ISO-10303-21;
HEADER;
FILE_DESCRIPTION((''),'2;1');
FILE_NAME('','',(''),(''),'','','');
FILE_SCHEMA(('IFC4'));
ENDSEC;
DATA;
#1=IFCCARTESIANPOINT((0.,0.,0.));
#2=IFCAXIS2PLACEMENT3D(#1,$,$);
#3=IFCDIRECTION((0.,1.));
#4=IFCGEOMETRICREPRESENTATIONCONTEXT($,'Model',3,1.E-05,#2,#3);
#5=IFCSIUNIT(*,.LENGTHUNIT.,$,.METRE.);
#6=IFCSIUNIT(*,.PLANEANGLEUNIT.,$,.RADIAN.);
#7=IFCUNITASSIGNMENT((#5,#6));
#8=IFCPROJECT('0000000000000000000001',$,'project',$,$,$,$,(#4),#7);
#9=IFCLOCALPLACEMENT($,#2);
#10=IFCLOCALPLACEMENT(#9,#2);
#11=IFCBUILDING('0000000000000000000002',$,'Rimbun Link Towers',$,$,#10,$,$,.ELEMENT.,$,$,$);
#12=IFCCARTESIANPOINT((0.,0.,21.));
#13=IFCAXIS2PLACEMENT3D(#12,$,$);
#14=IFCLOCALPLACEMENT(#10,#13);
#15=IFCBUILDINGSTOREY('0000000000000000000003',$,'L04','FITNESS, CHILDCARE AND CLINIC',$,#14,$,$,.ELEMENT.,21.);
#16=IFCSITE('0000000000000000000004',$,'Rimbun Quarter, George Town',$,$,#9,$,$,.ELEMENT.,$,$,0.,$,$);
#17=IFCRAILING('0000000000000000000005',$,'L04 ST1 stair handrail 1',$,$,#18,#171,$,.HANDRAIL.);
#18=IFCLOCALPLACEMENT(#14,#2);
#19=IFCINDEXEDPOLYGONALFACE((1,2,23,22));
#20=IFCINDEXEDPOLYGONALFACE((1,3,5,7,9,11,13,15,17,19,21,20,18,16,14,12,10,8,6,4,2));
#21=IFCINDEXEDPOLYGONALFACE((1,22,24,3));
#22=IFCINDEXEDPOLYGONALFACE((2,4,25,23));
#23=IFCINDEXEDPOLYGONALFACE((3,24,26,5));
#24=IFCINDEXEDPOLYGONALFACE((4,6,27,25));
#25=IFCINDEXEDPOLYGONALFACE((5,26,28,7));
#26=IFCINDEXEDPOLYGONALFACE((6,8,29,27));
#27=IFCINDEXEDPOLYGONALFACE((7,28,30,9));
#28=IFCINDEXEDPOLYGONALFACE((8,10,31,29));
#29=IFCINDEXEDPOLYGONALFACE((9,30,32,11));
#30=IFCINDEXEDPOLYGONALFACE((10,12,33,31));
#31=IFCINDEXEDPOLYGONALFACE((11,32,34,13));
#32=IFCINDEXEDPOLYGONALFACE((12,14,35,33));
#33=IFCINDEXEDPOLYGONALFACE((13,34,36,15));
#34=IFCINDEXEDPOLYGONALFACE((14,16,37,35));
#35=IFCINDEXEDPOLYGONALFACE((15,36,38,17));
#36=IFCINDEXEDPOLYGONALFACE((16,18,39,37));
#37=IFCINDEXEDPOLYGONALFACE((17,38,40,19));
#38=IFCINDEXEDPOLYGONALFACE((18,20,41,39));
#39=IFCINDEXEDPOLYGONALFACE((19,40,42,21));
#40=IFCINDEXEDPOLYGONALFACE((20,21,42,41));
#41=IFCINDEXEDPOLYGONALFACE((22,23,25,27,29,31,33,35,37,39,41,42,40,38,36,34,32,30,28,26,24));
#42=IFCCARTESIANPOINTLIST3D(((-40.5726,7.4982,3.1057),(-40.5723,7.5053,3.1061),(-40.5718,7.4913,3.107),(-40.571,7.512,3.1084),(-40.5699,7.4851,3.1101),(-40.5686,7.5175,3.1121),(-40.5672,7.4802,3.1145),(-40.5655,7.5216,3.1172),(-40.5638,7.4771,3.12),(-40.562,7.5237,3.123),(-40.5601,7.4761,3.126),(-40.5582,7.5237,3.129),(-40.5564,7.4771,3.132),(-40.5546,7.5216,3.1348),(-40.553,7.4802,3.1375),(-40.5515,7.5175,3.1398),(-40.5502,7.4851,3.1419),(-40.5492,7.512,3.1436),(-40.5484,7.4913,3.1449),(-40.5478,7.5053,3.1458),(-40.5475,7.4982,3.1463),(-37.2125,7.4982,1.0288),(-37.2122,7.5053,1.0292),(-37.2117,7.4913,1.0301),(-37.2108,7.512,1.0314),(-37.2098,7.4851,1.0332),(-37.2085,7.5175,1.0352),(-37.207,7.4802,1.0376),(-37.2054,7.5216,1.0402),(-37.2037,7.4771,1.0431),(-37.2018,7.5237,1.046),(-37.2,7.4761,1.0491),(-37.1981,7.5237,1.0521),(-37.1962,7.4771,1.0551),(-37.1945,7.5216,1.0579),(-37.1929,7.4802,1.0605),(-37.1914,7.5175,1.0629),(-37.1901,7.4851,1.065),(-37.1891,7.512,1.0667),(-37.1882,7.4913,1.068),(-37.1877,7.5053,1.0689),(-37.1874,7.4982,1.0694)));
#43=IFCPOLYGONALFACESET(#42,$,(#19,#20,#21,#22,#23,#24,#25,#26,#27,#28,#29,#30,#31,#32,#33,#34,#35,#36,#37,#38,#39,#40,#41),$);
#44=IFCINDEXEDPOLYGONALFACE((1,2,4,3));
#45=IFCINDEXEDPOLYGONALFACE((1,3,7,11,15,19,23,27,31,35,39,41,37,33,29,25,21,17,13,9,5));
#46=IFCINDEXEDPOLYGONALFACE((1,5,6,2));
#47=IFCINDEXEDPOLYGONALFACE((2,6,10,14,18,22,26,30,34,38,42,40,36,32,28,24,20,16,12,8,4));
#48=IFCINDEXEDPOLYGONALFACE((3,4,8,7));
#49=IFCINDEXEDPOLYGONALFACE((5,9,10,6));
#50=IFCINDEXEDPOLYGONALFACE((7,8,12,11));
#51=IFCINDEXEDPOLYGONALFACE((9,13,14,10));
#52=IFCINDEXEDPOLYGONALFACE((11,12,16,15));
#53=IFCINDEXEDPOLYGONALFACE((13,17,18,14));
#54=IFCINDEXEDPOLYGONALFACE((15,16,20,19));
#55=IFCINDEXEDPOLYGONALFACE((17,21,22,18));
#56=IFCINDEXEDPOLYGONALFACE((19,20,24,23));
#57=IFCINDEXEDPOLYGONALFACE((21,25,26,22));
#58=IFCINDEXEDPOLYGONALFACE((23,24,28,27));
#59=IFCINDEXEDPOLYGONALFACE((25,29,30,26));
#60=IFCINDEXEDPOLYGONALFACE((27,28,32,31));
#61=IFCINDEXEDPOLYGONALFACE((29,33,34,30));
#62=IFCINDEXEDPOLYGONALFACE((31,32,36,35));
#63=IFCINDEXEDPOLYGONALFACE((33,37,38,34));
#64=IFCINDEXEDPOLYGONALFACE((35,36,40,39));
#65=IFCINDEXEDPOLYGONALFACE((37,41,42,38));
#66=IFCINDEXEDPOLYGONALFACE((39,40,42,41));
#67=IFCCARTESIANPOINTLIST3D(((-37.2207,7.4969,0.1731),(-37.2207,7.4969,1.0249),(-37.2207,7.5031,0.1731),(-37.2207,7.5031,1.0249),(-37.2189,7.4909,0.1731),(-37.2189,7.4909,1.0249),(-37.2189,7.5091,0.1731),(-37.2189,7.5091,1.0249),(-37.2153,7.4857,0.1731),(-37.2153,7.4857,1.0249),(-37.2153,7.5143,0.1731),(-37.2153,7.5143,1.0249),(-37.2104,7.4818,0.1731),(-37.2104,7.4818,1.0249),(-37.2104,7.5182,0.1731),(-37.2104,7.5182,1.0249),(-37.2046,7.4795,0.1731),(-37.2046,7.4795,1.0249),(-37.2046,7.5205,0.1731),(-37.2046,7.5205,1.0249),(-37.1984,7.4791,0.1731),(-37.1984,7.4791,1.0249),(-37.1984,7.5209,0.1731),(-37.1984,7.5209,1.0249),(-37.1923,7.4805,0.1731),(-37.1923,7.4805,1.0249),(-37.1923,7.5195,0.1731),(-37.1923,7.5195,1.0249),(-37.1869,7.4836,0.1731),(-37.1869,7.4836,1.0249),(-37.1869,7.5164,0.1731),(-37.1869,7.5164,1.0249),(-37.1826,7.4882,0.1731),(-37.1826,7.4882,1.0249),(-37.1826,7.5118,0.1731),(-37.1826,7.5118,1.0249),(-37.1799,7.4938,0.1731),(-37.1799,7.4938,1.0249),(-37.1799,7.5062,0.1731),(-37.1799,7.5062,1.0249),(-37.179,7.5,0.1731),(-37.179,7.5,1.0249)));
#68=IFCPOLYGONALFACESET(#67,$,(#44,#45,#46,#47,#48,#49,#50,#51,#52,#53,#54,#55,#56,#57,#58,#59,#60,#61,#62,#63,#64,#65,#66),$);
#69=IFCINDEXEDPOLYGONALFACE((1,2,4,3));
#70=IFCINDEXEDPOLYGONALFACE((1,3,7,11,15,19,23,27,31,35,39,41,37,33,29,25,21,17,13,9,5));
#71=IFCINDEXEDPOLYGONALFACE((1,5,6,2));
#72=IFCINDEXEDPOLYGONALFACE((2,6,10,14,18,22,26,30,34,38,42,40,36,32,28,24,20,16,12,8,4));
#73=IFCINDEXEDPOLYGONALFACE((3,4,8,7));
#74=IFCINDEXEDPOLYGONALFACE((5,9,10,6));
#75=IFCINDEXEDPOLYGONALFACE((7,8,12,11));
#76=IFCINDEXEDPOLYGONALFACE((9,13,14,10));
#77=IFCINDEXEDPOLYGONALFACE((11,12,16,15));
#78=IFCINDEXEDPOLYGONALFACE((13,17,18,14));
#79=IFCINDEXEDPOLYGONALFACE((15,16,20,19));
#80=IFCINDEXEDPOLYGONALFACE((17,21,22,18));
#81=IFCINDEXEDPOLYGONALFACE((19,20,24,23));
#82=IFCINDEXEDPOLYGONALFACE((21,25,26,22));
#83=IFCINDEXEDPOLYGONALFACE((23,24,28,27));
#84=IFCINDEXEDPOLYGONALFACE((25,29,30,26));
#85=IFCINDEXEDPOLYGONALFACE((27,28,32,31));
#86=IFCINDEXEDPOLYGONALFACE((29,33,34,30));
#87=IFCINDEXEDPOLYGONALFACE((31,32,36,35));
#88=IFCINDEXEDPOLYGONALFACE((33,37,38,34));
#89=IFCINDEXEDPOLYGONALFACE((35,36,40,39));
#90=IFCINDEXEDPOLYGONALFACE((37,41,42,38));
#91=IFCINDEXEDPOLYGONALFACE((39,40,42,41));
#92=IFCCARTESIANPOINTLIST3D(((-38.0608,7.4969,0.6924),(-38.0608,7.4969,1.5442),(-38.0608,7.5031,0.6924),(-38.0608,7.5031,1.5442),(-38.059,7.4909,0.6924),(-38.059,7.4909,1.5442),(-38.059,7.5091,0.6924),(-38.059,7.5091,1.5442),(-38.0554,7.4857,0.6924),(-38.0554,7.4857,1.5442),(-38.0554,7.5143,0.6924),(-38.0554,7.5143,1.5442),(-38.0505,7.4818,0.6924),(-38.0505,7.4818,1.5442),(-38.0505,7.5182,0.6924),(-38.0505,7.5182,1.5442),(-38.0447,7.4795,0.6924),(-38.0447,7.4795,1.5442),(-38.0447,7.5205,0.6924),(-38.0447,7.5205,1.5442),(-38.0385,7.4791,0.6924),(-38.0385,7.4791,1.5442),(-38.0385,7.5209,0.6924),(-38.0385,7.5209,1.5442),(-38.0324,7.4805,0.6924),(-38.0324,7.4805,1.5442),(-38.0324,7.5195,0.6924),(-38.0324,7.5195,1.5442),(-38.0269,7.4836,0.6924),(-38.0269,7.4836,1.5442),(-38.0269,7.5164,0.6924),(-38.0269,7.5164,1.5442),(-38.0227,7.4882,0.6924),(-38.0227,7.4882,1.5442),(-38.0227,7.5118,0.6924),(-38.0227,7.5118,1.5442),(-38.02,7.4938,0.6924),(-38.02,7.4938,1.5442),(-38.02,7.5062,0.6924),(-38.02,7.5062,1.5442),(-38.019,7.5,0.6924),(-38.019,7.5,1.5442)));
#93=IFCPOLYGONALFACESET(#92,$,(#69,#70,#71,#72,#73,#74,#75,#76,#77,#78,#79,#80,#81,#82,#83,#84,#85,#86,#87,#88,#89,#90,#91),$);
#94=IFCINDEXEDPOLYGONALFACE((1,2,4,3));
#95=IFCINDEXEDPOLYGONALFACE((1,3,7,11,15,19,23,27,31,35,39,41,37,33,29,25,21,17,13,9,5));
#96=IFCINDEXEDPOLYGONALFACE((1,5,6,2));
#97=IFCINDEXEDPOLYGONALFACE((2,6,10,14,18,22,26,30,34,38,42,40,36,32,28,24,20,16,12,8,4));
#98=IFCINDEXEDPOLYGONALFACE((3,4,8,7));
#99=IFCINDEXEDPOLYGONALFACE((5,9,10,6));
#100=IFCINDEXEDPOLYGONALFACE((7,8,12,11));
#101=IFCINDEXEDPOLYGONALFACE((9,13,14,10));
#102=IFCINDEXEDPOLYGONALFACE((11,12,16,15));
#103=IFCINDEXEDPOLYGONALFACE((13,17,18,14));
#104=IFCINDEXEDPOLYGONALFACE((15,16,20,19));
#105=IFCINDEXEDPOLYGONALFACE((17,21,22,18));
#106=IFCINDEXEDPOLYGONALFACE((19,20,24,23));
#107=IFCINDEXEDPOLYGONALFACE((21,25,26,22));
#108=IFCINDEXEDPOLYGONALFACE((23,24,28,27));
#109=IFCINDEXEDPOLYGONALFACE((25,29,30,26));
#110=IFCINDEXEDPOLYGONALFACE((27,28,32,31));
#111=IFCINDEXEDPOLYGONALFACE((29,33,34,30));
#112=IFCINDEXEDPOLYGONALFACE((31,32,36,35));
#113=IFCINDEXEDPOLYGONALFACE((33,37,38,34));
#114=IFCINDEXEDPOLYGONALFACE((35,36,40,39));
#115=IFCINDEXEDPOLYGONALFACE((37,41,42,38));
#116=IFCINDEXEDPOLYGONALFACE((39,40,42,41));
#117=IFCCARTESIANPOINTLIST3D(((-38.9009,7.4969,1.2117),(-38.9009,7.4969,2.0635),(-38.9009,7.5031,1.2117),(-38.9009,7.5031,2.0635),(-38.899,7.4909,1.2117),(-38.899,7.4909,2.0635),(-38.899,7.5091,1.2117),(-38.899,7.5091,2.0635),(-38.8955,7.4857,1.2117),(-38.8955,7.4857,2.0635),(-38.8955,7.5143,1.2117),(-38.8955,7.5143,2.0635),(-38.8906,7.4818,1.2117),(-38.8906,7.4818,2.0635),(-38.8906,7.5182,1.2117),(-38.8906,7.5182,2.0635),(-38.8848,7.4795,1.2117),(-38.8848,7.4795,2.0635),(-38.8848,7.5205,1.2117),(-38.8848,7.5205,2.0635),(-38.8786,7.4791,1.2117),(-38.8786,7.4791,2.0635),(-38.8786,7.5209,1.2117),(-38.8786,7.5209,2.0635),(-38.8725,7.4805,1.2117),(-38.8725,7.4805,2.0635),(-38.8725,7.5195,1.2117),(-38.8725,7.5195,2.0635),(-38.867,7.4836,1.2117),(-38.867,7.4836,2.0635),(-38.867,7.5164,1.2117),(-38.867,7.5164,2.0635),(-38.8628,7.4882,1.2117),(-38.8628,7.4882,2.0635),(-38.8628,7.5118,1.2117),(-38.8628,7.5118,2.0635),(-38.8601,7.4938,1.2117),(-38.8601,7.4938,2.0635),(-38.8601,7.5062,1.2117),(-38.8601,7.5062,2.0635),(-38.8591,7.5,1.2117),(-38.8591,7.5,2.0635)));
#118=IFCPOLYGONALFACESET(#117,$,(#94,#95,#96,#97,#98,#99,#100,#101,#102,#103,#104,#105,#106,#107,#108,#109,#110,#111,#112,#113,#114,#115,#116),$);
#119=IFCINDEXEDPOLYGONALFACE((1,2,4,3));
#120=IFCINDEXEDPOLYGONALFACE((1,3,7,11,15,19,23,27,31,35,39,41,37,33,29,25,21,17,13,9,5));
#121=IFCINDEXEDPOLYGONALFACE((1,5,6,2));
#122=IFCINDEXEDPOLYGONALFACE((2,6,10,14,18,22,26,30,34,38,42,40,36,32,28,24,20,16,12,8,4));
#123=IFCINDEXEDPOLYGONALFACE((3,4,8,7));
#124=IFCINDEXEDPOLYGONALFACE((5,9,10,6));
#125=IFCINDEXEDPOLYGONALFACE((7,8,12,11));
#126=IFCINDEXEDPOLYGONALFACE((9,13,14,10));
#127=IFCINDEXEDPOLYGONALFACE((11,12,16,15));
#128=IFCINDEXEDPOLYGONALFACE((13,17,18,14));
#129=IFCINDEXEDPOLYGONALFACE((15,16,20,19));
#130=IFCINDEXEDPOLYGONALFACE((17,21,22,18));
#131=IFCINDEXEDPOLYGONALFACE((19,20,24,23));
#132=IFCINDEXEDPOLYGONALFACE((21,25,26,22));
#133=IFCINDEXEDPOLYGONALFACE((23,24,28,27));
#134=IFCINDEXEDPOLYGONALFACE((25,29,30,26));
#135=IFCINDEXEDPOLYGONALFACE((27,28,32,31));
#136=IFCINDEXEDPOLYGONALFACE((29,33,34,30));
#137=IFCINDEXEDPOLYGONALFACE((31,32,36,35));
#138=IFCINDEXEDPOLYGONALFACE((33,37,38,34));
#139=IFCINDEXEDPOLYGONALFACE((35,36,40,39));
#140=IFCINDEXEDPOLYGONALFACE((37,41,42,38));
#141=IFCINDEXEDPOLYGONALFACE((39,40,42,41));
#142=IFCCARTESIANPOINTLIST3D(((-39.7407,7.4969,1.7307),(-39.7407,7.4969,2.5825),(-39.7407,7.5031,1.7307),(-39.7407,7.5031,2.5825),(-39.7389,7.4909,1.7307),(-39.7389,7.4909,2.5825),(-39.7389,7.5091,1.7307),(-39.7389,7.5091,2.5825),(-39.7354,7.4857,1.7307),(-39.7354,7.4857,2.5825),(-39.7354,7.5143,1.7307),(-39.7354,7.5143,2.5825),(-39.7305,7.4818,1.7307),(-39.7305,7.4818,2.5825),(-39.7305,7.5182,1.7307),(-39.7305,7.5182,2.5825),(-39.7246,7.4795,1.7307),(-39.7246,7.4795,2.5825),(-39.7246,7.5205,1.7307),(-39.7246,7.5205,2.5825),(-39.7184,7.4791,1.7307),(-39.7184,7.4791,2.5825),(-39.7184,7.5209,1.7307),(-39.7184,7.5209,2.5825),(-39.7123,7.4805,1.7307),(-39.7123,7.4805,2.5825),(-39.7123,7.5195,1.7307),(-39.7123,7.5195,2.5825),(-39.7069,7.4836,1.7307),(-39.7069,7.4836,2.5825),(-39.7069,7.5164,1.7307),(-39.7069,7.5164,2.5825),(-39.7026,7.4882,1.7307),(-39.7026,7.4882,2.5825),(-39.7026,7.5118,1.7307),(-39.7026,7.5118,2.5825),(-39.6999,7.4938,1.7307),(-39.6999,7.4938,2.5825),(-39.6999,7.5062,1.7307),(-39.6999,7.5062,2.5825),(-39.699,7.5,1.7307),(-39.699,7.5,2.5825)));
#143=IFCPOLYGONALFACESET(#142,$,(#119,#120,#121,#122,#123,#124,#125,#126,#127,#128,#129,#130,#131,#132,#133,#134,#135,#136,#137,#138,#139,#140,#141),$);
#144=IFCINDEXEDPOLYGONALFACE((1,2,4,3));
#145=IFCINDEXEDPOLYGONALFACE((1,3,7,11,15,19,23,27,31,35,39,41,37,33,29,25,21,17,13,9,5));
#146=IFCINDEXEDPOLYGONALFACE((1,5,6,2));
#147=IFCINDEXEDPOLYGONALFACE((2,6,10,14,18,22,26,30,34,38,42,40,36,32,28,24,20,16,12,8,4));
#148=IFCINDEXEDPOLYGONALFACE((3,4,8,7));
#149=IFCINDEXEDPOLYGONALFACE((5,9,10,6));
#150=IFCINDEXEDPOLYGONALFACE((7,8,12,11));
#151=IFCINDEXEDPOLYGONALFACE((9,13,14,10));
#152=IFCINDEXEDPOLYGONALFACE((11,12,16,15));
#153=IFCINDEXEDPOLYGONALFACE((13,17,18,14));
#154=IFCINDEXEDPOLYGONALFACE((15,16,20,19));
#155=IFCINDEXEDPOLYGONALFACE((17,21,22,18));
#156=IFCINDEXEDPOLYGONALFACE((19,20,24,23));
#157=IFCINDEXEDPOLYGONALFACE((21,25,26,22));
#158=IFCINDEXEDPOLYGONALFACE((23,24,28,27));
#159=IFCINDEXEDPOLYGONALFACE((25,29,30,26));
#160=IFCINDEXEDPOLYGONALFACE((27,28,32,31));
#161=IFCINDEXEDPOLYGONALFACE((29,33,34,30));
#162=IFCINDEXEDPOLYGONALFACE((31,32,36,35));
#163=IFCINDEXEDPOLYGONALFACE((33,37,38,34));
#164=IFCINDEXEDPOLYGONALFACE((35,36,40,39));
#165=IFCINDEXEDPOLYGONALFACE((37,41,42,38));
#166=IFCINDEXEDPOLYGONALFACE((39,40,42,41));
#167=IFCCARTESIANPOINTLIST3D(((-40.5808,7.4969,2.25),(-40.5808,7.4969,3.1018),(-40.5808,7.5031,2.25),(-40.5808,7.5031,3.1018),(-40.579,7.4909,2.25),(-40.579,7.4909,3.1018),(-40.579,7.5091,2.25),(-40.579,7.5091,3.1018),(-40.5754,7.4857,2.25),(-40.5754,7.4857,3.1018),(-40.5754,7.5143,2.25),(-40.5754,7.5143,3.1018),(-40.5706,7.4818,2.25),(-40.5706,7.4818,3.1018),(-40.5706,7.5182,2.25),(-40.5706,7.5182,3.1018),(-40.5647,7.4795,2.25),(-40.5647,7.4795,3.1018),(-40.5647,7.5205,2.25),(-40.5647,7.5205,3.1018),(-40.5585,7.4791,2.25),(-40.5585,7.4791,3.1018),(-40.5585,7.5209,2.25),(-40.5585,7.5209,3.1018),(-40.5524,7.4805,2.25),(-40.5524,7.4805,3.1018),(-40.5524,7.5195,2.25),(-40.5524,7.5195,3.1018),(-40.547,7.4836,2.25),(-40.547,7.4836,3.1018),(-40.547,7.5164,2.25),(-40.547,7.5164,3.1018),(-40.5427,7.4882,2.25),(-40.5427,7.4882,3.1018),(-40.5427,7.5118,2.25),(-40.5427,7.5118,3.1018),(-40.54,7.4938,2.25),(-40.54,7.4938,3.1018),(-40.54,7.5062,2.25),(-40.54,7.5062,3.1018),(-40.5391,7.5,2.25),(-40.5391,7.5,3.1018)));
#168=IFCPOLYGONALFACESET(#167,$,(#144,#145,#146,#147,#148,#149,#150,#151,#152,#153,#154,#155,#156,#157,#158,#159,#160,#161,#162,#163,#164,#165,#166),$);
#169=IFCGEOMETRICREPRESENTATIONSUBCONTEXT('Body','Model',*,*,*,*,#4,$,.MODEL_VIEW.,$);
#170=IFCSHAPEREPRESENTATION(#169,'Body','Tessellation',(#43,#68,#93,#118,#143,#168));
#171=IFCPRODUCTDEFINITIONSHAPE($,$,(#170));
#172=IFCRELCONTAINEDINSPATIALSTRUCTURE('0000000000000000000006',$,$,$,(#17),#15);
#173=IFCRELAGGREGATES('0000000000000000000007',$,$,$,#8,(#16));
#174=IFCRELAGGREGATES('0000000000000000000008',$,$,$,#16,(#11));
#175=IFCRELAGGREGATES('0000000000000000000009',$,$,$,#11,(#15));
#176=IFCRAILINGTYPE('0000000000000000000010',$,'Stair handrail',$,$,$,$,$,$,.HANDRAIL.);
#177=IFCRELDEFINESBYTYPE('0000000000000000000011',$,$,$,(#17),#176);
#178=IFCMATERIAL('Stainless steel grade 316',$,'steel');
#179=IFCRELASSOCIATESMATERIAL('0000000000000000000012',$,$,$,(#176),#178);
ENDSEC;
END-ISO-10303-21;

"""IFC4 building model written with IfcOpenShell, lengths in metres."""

from ifc_helpers import new_model, si_unit, direction, frame, origin, origin_2d, place, context, subcontext, project, spatial, circle, extrude, material, type_object, element, save


model = new_model("IFC4")

# Units and contexts
model_context = context("Model", 3, precision=1e-05, world=origin(), true_north=direction((0.0, 1.0)))
body_context = subcontext(model_context, "Body", "Model", "MODEL_VIEW")
ifc_project = project(units=[si_unit("LENGTHUNIT", "METRE"), si_unit("PLANEANGLEUNIT", "RADIAN")], contexts=[model_context])

# Site, building, storey
site_placement = place(None, origin())
site = spatial("IfcSite", under=ifc_project, at=site_placement, Name="Rimbun Quarter, George Town", CompositionType="ELEMENT", RefElevation=0.0)
building_placement = place(site_placement, origin())
building = spatial("IfcBuilding", under=site, at=building_placement, Name="Rimbun Link Towers", CompositionType="ELEMENT")
storey_placement = place(building_placement, frame((0.0, 0.0, 21.0)))
storey = spatial("IfcBuildingStorey", under=building, at=storey_placement, Name="L04", Description="FITNESS, CHILDCARE AND CLINIC", CompositionType="ELEMENT", Elevation=21.0)

# Railing
ifc_material_1 = material(Name="Stainless steel grade 316", Category="steel")
railing_type_1 = type_object("IfcRailingType", Name="Stair handrail", PredefinedType="HANDRAIL", material=ifc_material_1)
railing_1_placement = place(storey_placement, frame((-37.2, 7.5, 0.1731)))
element("IfcRailing", 1, at=railing_1_placement, inside=storey, type_object=railing_type_1, Name="L04 ST1 stair handrail 1", PredefinedType="HANDRAIL", context=body_context, shape_type="SweptSolid", body=[
    extrude(circle(Radius=0.0239, at=origin_2d()), frame((0.0, 0.0, 0.876), z_axis=(-0.850623, 0.0, 0.525776), x_axis=(0.0, -1.0, 0.0)), (0.0, 0.0, 1.0), 3.9502),
    extrude(circle(Radius=0.021, at=origin_2d()), origin(), (0.0, 0.0, 1.0), 0.8518),
    extrude(circle(Radius=0.021, at=origin_2d()), frame((-0.8401, 0.0, 0.5193)), (0.0, 0.0, 1.0), 0.8518),
    extrude(circle(Radius=0.021, at=origin_2d()), frame((-1.6802, 0.0, 1.0386)), (0.0, 0.0, 1.0), 0.8518),
    extrude(circle(Radius=0.021, at=origin_2d()), frame((-2.52, 0.0, 1.5576)), (0.0, 0.0, 1.0), 0.8518),
    extrude(circle(Radius=0.021, at=origin_2d()), frame((-3.3601, 0.0, 2.0769)), (0.0, 0.0, 1.0), 0.8518),
])

save(model, "model.ifc")
